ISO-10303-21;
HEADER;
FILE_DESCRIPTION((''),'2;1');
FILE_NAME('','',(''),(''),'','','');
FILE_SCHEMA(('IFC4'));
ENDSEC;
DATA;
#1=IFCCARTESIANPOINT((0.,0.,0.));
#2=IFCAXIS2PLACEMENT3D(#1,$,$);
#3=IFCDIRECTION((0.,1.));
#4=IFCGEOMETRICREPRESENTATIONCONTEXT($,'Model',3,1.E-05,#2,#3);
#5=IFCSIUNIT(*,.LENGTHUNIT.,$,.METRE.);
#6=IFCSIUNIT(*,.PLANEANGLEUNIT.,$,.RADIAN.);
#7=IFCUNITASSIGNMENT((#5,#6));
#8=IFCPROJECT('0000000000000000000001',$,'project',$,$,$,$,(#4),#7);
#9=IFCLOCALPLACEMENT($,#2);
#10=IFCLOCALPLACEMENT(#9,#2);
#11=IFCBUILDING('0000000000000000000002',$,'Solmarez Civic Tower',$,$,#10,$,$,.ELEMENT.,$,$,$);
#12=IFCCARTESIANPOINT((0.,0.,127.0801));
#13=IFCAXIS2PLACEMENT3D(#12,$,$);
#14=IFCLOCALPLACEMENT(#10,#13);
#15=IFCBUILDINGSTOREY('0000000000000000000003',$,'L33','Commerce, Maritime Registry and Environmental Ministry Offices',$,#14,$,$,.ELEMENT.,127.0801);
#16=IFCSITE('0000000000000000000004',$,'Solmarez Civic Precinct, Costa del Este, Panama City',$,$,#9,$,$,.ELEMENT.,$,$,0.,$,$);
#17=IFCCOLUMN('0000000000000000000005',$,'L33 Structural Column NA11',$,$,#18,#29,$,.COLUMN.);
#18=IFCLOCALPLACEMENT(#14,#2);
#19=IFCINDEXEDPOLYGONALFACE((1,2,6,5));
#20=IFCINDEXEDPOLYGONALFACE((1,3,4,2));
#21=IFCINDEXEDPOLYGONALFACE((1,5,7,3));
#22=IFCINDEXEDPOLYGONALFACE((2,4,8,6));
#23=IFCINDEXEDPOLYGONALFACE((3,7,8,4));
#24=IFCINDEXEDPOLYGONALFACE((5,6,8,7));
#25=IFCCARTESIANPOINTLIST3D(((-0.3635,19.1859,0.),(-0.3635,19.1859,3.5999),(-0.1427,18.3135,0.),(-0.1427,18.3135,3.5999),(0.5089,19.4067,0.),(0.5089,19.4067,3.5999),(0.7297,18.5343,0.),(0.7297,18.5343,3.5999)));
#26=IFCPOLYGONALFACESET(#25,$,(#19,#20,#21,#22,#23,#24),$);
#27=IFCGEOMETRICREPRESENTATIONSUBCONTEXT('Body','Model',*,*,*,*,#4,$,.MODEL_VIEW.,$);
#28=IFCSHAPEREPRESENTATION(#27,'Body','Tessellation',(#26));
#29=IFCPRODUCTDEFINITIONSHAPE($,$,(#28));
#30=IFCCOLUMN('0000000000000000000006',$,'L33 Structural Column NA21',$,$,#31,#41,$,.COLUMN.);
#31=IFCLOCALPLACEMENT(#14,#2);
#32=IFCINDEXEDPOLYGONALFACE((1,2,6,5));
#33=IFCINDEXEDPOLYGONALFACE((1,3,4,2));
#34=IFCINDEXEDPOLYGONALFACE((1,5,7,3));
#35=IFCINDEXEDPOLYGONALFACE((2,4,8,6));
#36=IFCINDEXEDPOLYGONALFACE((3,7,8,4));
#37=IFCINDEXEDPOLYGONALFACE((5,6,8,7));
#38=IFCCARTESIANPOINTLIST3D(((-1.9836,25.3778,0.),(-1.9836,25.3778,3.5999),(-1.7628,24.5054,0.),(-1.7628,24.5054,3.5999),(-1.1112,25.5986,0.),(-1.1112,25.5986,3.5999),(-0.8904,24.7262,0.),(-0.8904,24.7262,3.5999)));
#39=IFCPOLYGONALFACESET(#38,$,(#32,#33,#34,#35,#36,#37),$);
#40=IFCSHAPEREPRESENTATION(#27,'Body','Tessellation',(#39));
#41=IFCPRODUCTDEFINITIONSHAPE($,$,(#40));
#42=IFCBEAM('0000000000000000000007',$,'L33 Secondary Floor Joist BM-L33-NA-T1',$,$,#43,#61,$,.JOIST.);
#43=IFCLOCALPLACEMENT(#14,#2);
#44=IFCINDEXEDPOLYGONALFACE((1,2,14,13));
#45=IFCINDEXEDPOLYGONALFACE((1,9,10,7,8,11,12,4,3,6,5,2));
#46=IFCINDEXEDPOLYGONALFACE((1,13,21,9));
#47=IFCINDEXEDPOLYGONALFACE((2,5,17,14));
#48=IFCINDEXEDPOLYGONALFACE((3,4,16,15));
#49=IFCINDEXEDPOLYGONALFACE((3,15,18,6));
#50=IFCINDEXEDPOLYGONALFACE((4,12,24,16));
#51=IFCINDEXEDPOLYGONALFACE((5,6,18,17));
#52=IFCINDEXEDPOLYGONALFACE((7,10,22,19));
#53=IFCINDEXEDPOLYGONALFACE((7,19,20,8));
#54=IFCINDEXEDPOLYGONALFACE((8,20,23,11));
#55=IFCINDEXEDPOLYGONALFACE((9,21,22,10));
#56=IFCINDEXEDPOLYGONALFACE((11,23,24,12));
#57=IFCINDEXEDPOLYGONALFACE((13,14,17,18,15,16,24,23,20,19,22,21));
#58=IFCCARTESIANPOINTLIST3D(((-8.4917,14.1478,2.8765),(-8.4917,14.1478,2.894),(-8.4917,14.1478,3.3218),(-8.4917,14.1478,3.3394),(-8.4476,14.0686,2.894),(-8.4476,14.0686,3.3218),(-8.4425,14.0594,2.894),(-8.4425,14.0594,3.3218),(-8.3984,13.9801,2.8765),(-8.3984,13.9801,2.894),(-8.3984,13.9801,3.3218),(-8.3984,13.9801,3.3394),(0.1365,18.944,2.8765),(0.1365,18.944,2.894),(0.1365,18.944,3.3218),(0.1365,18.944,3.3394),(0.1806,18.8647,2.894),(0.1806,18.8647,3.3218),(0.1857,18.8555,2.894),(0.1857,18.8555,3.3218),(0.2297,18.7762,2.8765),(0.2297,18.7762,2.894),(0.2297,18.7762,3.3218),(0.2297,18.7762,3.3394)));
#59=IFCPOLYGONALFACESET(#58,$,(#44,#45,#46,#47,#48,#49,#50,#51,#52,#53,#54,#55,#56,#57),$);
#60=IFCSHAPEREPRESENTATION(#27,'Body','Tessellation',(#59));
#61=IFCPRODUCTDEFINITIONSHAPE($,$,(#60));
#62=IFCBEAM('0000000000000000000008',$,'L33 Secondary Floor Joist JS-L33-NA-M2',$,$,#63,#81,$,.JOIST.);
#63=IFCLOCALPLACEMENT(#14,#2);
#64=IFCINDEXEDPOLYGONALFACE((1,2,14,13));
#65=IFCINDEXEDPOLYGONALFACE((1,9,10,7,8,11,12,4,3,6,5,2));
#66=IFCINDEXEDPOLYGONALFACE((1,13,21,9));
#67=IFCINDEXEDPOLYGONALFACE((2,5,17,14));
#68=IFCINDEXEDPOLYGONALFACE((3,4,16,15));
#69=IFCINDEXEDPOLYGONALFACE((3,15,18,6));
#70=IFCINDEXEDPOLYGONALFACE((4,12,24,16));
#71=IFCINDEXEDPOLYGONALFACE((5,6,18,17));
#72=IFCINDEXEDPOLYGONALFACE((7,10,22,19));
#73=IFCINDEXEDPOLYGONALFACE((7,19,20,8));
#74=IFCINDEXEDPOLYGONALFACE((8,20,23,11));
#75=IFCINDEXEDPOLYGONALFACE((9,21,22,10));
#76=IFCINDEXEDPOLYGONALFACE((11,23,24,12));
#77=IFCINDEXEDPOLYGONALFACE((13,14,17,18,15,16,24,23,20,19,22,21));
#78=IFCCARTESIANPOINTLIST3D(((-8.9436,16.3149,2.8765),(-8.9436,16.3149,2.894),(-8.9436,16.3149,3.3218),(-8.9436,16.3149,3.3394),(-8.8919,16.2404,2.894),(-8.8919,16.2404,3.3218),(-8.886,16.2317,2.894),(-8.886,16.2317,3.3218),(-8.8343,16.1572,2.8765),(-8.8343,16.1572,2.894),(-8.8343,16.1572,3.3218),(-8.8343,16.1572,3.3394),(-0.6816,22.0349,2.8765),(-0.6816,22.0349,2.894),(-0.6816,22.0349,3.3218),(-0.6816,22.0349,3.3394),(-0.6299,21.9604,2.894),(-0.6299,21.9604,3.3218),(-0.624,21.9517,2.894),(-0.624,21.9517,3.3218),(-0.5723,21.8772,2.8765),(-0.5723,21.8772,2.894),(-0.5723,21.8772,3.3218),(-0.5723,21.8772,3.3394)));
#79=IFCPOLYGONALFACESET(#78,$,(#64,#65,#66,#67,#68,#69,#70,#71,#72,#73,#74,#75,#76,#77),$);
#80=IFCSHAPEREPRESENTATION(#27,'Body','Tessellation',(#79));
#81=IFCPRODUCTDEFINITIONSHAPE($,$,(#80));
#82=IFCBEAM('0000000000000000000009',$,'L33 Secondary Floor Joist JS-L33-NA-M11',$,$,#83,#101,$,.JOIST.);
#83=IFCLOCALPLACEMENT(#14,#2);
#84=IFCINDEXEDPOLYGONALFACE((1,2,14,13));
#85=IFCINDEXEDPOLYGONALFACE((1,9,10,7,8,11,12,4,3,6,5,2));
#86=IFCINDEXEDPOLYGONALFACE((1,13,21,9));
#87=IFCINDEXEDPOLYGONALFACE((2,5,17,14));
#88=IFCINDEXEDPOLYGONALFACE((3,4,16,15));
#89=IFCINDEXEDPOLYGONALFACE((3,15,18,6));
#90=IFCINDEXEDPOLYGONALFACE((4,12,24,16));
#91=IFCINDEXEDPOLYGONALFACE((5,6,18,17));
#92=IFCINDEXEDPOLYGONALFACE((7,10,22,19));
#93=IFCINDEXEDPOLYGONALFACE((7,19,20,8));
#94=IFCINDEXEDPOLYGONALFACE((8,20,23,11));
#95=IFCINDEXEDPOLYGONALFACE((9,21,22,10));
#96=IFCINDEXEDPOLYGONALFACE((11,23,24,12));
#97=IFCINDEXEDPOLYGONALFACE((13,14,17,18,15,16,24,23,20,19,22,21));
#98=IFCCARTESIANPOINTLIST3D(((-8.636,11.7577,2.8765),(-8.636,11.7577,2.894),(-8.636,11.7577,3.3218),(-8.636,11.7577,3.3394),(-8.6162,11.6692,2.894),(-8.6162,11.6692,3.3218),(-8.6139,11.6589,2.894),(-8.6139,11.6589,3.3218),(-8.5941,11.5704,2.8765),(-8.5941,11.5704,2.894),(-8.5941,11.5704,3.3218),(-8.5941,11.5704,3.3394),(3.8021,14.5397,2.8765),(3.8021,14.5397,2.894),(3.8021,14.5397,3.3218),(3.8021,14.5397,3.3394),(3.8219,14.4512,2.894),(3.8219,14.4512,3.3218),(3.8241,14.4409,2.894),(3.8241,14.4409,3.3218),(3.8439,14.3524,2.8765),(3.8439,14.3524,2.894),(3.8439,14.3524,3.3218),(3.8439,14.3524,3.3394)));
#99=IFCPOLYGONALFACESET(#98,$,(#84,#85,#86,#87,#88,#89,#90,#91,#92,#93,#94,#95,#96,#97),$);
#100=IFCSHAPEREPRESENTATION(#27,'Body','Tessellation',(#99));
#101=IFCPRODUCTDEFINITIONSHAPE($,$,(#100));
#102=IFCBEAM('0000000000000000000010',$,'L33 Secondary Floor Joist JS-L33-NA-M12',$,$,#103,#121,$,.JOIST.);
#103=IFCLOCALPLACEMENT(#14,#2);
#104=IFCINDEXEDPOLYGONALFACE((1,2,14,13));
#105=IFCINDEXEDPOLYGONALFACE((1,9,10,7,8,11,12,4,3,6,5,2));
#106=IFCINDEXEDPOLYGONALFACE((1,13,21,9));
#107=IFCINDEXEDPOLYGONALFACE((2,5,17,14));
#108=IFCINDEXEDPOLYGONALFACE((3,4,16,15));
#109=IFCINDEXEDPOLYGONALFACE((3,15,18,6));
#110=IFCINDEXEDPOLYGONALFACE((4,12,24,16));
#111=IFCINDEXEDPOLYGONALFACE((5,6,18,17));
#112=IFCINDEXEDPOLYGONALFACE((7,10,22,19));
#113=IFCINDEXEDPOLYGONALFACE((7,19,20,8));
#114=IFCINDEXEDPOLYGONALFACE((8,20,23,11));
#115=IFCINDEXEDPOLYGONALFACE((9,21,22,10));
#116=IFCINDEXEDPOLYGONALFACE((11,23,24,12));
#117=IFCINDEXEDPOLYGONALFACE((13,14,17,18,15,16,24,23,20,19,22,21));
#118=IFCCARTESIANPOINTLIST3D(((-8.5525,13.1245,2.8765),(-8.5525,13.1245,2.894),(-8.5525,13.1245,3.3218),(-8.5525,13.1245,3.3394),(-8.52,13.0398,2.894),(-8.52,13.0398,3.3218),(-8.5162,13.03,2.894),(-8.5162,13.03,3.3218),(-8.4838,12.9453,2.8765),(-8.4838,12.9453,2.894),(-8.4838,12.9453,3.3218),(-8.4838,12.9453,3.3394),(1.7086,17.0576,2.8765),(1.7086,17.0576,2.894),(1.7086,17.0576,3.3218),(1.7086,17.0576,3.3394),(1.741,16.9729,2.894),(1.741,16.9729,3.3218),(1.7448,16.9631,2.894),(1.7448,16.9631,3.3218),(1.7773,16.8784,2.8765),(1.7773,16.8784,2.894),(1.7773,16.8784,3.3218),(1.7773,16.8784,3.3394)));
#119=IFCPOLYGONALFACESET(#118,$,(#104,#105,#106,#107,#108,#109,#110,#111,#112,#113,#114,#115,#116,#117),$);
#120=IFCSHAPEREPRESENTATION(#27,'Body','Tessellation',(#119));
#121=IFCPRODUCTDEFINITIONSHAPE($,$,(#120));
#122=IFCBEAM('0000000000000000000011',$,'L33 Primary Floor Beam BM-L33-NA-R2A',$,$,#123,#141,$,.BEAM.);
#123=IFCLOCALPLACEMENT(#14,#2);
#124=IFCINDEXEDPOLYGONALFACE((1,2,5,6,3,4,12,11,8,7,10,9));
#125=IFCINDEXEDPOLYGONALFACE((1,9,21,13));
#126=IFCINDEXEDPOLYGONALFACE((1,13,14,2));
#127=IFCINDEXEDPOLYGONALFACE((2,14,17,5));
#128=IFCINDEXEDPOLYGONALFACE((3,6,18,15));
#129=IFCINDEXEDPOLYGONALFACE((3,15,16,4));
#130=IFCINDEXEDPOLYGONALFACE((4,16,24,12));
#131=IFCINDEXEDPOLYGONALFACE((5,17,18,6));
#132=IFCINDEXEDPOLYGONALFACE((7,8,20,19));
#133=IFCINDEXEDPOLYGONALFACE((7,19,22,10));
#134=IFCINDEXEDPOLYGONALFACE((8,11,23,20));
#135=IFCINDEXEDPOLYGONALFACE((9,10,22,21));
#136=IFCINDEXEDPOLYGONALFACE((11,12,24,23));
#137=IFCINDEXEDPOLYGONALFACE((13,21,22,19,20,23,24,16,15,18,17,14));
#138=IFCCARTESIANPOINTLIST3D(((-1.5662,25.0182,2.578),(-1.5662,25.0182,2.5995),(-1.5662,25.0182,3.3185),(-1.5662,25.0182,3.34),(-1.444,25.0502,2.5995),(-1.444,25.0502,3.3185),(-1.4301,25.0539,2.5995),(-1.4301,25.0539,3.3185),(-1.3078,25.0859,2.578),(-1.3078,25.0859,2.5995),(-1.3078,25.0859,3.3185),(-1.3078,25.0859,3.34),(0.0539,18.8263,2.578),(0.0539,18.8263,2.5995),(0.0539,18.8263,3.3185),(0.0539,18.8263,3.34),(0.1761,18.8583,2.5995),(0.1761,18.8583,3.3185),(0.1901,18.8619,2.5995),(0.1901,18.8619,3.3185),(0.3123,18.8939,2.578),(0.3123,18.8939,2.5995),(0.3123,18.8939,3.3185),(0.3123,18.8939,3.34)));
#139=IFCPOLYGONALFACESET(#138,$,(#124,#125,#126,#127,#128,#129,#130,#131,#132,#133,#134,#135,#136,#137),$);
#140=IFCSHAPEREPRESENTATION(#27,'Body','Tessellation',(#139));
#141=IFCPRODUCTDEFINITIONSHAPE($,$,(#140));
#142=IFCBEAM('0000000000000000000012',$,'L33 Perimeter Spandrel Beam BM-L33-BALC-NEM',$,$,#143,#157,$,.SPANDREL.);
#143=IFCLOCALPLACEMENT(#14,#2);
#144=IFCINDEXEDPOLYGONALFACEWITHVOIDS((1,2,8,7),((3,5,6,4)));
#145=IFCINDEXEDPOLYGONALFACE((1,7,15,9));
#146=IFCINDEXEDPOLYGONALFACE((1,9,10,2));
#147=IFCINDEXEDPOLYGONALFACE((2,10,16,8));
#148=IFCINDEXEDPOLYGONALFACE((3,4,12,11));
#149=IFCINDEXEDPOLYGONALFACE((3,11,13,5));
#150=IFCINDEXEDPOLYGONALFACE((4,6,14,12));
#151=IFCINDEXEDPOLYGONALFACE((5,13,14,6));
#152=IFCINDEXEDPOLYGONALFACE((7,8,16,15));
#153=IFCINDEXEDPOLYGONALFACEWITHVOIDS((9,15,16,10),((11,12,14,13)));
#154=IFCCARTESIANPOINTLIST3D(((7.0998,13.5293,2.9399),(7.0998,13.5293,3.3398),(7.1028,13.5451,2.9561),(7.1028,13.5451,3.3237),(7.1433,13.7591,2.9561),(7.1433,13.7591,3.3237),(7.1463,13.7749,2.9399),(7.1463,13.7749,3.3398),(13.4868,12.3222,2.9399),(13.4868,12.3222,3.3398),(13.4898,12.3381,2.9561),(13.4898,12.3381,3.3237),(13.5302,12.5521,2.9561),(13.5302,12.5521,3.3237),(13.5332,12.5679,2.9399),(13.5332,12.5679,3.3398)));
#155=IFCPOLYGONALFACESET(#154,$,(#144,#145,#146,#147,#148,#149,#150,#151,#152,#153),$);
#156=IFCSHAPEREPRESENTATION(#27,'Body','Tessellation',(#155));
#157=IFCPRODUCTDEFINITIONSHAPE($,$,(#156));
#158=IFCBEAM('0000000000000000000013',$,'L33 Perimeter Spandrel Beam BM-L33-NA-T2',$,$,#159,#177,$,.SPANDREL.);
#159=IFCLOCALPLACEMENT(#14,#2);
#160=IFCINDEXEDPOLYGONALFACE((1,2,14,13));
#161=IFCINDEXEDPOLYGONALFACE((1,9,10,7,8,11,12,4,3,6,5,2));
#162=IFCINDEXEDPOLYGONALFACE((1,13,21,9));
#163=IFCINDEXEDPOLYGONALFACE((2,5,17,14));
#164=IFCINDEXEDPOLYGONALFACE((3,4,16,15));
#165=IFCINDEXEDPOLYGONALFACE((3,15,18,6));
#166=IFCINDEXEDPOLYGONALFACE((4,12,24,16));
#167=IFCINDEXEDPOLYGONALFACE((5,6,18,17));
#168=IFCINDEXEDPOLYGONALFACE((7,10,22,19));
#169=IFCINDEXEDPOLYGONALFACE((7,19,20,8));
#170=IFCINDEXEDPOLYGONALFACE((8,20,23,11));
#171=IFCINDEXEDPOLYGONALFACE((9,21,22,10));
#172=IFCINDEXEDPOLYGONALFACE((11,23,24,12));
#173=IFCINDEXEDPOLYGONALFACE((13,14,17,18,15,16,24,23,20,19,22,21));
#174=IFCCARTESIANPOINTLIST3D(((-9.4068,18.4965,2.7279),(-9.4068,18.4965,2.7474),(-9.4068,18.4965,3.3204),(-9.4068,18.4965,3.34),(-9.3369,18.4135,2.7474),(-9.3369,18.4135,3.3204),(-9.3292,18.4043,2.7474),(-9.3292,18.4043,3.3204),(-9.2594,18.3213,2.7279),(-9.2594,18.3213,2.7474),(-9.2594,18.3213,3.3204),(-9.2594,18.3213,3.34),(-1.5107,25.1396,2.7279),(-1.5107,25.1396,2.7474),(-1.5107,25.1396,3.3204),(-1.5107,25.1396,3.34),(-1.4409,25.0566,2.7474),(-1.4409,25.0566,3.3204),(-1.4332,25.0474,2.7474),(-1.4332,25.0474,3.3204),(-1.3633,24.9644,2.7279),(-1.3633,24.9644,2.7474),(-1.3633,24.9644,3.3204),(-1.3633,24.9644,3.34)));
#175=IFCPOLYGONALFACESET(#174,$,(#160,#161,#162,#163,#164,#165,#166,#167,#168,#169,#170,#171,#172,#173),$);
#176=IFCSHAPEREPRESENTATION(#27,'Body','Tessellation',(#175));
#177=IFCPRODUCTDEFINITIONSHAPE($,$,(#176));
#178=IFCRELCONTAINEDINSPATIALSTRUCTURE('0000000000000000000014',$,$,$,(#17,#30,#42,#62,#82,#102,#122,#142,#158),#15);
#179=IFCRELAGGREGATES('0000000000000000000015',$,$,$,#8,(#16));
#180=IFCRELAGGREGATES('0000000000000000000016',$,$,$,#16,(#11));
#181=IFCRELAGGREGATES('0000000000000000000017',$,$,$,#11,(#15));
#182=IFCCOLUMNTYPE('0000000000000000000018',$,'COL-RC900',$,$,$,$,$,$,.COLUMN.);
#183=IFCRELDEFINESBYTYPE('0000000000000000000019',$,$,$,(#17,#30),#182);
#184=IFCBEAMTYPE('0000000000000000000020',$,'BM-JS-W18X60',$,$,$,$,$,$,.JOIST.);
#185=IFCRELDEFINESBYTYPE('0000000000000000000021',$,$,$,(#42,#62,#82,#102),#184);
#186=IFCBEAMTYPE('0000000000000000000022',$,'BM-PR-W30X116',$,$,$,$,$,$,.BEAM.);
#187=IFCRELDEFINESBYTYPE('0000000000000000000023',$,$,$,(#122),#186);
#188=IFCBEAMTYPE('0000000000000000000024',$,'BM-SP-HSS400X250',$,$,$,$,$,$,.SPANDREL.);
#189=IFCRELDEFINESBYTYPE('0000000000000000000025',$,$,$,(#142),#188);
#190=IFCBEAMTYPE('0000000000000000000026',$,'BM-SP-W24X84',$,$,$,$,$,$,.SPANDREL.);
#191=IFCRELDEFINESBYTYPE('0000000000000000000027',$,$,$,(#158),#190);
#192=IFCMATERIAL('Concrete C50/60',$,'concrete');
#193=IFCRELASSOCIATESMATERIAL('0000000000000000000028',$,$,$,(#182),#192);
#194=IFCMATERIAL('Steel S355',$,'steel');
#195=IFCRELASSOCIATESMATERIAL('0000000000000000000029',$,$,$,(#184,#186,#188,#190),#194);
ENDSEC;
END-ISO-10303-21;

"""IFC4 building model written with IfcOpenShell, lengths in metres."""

from ifc_helpers import new_model, si_unit, direction, frame, origin, origin_2d, place, context, subcontext, project, spatial, rectangle, hollow_rectangle, i_section, extrude, material, material_profile, profile_set, type_object, element, save


model = new_model("IFC4")

# Units and contexts
model_context = context("Model", 3, precision=1e-05, world=origin(), true_north=direction((0.0, 1.0)))
body_context = subcontext(model_context, "Body", "Model", "MODEL_VIEW")
ifc_project = project(units=[si_unit("LENGTHUNIT", "METRE"), si_unit("PLANEANGLEUNIT", "RADIAN")], contexts=[model_context])

# Site, building, storey
site_placement = place(None, origin())
site = spatial("IfcSite", under=ifc_project, at=site_placement, Name="Solmarez Civic Precinct, Costa del Este, Panama City", CompositionType="ELEMENT", RefElevation=0.0)
building_placement = place(site_placement, origin())
building = spatial("IfcBuilding", under=site, at=building_placement, Name="Solmarez Civic Tower", CompositionType="ELEMENT")
storey_placement = place(building_placement, frame((0.0, 0.0, 127.0801)))
storey = spatial("IfcBuildingStorey", under=building, at=storey_placement, Name="L33", Description="Commerce, Maritime Registry and Environmental Ministry Offices", CompositionType="ELEMENT", Elevation=127.0801)

# Columns
ifc_material_1 = material(Name="Concrete C50/60", Category="concrete")
ifc_material_profile_1 = material_profile(ifc_material_1, rectangle(XDim=0.8999, YDim=0.8999, at=origin_2d()), Name="RC900X900")
ifc_profile_set_1 = profile_set([ifc_material_profile_1], Name="Concrete C50/60")
column_type = type_object("IfcColumnType", Name="COL-RC900", PredefinedType="COLUMN", material=ifc_profile_set_1)
for number, where, z_axis, x_axis, name in (
    (1, (0.1831, 18.8601, 0.0), (0.0, 0.0, 1.0), (0.969445, 0.245307, 0.0), "L33 Structural Column NA11"),
    (2, (-1.437, 25.052, 0.0), (0.0, 0.0, 1.0), (0.969445, 0.245307, 0.0), "L33 Structural Column NA21"),
):
    element("IfcColumn", number, at=place(storey_placement, frame(where, z_axis=z_axis, x_axis=x_axis)), inside=storey, type_object=column_type, Name=name, PredefinedType="COLUMN", context=body_context, shape_type="SweptSolid", body=[
        extrude(rectangle(XDim=0.8999, YDim=0.8999, at=origin_2d()), origin(), (0.0, 0.0, 1.0), 3.5999),
    ])

# Beams
ifc_material_2 = material(Name="Steel S355", Category="steel")
ifc_material_profile_2 = material_profile(ifc_material_2, i_section(OverallWidth=0.1919, OverallDepth=0.4629, WebThickness=0.0105, FlangeThickness=0.0176, at=origin_2d()), Name="W18X60")
ifc_profile_set_2 = profile_set([ifc_material_profile_2], Name="Steel S355")
beam_type_1 = type_object("IfcBeamType", Name="BM-JS-W18X60", PredefinedType="JOIST", material=ifc_profile_set_2)
beam_1_placement = place(storey_placement, frame((0.1831, 18.8601, 3.1079), z_axis=(-0.874041, -0.485853, 0.0), x_axis=(0.485853, -0.874041, 0.0)))
element("IfcBeam", 3, at=beam_1_placement, inside=storey, type_object=beam_type_1, Name="L33 Secondary Floor Joist BM-L33-NA-T1", PredefinedType="JOIST", context=body_context, shape_type="SweptSolid", body=[
    extrude(i_section(OverallWidth=0.1919, OverallDepth=0.4629, WebThickness=0.0105, FlangeThickness=0.0176, at=origin_2d()), origin(), (0.0, 0.0, 1.0), 9.8716),
])
beam_2_placement = place(storey_placement, frame((-0.627, 21.9561, 3.1079), z_axis=(-0.822185, -0.56922, 0.0), x_axis=(0.56922, -0.822185, 0.0)))
element("IfcBeam", 4, at=beam_2_placement, inside=storey, type_object=beam_type_1, Name="L33 Secondary Floor Joist JS-L33-NA-M2", PredefinedType="JOIST", context=body_context, shape_type="SweptSolid", body=[
    extrude(i_section(OverallWidth=0.1919, OverallDepth=0.4629, WebThickness=0.0105, FlangeThickness=0.0176, at=origin_2d()), origin(), (0.0, 0.0, 1.0), 10.0488),
])
beam_3_placement = place(storey_placement, frame((3.823, 14.446, 3.1079), z_axis=(-0.975887, -0.218275, 0.0), x_axis=(0.218275, -0.975887, 0.0)))
element("IfcBeam", 5, at=beam_3_placement, inside=storey, type_object=beam_type_1, Name="L33 Secondary Floor Joist JS-L33-NA-M11", PredefinedType="JOIST", context=body_context, shape_type="SweptSolid", body=[
    extrude(i_section(OverallWidth=0.1919, OverallDepth=0.4629, WebThickness=0.0105, FlangeThickness=0.0176, at=origin_2d()), origin(), (0.0, 0.0, 1.0), 12.7454),
])
beam_4_placement = place(storey_placement, frame((1.7429, 16.968, 3.1079), z_axis=(-0.933754, -0.357914, 0.0), x_axis=(0.357914, -0.933754, 0.0)))
element("IfcBeam", 6, at=beam_4_placement, inside=storey, type_object=beam_type_1, Name="L33 Secondary Floor Joist JS-L33-NA-M12", PredefinedType="JOIST", context=body_context, shape_type="SweptSolid", body=[
    extrude(i_section(OverallWidth=0.1919, OverallDepth=0.4629, WebThickness=0.0105, FlangeThickness=0.0176, at=origin_2d()), origin(), (0.0, 0.0, 1.0), 10.989),
])
ifc_material_profile_3 = material_profile(ifc_material_2, i_section(OverallWidth=0.2671, OverallDepth=0.762, WebThickness=0.0144, FlangeThickness=0.0215, at=origin_2d()), Name="W30X116")
ifc_profile_set_3 = profile_set([ifc_material_profile_3], Name="Steel S355")
beam_type_2 = type_object("IfcBeamType", Name="BM-PR-W30X116", PredefinedType="BEAM", material=ifc_profile_set_3)
beam_5_placement = place(storey_placement, frame((0.1831, 18.8601, 2.959), z_axis=(-0.25313, 0.967432, 0.0), x_axis=(-0.967432, -0.25313, 0.0)))
element("IfcBeam", 7, at=beam_5_placement, inside=storey, type_object=beam_type_2, Name="L33 Primary Floor Beam BM-L33-NA-R2A", PredefinedType="BEAM", context=body_context, shape_type="SweptSolid", body=[
    extrude(i_section(OverallWidth=0.2671, OverallDepth=0.762, WebThickness=0.0144, FlangeThickness=0.0215, at=origin_2d()), origin(), (0.0, 0.0, 1.0), 6.4004),
])
ifc_material_profile_4 = material_profile(ifc_material_2, hollow_rectangle(XDim=0.25, YDim=0.3999, WallThickness=0.0161, at=origin_2d()), Name="HSS400X250X16")
ifc_profile_set_4 = profile_set([ifc_material_profile_4], Name="Steel S355")
beam_type_3 = type_object("IfcBeamType", Name="BM-SP-HSS400X250", PredefinedType="SPANDREL", material=ifc_profile_set_4)
beam_6_placement = place(storey_placement, frame((7.123, 13.6521, 3.1399), z_axis=(0.982607, -0.185697, 0.0), x_axis=(0.185697, 0.982607, 0.0)))
element("IfcBeam", 8, at=beam_6_placement, inside=storey, type_object=beam_type_3, Name="L33 Perimeter Spandrel Beam BM-L33-BALC-NEM", PredefinedType="SPANDREL", context=body_context, shape_type="SweptSolid", body=[
    extrude(hollow_rectangle(XDim=0.25, YDim=0.3999, WallThickness=0.0161, at=origin_2d()), origin(), (0.0, 0.0, 1.0), 6.5),
])
ifc_material_profile_5 = material_profile(ifc_material_2, i_section(OverallWidth=0.229, OverallDepth=0.6121, WebThickness=0.012, FlangeThickness=0.0195, at=origin_2d()), Name="W24X84")
ifc_profile_set_5 = profile_set([ifc_material_profile_5], Name="Steel S355")
beam_type_4 = type_object("IfcBeamType", Name="BM-SP-W24X84", PredefinedType="SPANDREL", material=ifc_profile_set_5)
beam_7_placement = place(storey_placement, frame((-1.437, 25.052, 3.0339), z_axis=(-0.765207, -0.643784, 0.0), x_axis=(0.643784, -0.765207, 0.0)))
element("IfcBeam", 9, at=beam_7_placement, inside=storey, type_object=beam_type_4, Name="L33 Perimeter Spandrel Beam BM-L33-NA-T2", PredefinedType="SPANDREL", context=body_context, shape_type="SweptSolid", body=[
    extrude(i_section(OverallWidth=0.229, OverallDepth=0.6121, WebThickness=0.012, FlangeThickness=0.0195, at=origin_2d()), origin(), (0.0, 0.0, 1.0), 10.3188),
])

save(model, "model.ifc")
